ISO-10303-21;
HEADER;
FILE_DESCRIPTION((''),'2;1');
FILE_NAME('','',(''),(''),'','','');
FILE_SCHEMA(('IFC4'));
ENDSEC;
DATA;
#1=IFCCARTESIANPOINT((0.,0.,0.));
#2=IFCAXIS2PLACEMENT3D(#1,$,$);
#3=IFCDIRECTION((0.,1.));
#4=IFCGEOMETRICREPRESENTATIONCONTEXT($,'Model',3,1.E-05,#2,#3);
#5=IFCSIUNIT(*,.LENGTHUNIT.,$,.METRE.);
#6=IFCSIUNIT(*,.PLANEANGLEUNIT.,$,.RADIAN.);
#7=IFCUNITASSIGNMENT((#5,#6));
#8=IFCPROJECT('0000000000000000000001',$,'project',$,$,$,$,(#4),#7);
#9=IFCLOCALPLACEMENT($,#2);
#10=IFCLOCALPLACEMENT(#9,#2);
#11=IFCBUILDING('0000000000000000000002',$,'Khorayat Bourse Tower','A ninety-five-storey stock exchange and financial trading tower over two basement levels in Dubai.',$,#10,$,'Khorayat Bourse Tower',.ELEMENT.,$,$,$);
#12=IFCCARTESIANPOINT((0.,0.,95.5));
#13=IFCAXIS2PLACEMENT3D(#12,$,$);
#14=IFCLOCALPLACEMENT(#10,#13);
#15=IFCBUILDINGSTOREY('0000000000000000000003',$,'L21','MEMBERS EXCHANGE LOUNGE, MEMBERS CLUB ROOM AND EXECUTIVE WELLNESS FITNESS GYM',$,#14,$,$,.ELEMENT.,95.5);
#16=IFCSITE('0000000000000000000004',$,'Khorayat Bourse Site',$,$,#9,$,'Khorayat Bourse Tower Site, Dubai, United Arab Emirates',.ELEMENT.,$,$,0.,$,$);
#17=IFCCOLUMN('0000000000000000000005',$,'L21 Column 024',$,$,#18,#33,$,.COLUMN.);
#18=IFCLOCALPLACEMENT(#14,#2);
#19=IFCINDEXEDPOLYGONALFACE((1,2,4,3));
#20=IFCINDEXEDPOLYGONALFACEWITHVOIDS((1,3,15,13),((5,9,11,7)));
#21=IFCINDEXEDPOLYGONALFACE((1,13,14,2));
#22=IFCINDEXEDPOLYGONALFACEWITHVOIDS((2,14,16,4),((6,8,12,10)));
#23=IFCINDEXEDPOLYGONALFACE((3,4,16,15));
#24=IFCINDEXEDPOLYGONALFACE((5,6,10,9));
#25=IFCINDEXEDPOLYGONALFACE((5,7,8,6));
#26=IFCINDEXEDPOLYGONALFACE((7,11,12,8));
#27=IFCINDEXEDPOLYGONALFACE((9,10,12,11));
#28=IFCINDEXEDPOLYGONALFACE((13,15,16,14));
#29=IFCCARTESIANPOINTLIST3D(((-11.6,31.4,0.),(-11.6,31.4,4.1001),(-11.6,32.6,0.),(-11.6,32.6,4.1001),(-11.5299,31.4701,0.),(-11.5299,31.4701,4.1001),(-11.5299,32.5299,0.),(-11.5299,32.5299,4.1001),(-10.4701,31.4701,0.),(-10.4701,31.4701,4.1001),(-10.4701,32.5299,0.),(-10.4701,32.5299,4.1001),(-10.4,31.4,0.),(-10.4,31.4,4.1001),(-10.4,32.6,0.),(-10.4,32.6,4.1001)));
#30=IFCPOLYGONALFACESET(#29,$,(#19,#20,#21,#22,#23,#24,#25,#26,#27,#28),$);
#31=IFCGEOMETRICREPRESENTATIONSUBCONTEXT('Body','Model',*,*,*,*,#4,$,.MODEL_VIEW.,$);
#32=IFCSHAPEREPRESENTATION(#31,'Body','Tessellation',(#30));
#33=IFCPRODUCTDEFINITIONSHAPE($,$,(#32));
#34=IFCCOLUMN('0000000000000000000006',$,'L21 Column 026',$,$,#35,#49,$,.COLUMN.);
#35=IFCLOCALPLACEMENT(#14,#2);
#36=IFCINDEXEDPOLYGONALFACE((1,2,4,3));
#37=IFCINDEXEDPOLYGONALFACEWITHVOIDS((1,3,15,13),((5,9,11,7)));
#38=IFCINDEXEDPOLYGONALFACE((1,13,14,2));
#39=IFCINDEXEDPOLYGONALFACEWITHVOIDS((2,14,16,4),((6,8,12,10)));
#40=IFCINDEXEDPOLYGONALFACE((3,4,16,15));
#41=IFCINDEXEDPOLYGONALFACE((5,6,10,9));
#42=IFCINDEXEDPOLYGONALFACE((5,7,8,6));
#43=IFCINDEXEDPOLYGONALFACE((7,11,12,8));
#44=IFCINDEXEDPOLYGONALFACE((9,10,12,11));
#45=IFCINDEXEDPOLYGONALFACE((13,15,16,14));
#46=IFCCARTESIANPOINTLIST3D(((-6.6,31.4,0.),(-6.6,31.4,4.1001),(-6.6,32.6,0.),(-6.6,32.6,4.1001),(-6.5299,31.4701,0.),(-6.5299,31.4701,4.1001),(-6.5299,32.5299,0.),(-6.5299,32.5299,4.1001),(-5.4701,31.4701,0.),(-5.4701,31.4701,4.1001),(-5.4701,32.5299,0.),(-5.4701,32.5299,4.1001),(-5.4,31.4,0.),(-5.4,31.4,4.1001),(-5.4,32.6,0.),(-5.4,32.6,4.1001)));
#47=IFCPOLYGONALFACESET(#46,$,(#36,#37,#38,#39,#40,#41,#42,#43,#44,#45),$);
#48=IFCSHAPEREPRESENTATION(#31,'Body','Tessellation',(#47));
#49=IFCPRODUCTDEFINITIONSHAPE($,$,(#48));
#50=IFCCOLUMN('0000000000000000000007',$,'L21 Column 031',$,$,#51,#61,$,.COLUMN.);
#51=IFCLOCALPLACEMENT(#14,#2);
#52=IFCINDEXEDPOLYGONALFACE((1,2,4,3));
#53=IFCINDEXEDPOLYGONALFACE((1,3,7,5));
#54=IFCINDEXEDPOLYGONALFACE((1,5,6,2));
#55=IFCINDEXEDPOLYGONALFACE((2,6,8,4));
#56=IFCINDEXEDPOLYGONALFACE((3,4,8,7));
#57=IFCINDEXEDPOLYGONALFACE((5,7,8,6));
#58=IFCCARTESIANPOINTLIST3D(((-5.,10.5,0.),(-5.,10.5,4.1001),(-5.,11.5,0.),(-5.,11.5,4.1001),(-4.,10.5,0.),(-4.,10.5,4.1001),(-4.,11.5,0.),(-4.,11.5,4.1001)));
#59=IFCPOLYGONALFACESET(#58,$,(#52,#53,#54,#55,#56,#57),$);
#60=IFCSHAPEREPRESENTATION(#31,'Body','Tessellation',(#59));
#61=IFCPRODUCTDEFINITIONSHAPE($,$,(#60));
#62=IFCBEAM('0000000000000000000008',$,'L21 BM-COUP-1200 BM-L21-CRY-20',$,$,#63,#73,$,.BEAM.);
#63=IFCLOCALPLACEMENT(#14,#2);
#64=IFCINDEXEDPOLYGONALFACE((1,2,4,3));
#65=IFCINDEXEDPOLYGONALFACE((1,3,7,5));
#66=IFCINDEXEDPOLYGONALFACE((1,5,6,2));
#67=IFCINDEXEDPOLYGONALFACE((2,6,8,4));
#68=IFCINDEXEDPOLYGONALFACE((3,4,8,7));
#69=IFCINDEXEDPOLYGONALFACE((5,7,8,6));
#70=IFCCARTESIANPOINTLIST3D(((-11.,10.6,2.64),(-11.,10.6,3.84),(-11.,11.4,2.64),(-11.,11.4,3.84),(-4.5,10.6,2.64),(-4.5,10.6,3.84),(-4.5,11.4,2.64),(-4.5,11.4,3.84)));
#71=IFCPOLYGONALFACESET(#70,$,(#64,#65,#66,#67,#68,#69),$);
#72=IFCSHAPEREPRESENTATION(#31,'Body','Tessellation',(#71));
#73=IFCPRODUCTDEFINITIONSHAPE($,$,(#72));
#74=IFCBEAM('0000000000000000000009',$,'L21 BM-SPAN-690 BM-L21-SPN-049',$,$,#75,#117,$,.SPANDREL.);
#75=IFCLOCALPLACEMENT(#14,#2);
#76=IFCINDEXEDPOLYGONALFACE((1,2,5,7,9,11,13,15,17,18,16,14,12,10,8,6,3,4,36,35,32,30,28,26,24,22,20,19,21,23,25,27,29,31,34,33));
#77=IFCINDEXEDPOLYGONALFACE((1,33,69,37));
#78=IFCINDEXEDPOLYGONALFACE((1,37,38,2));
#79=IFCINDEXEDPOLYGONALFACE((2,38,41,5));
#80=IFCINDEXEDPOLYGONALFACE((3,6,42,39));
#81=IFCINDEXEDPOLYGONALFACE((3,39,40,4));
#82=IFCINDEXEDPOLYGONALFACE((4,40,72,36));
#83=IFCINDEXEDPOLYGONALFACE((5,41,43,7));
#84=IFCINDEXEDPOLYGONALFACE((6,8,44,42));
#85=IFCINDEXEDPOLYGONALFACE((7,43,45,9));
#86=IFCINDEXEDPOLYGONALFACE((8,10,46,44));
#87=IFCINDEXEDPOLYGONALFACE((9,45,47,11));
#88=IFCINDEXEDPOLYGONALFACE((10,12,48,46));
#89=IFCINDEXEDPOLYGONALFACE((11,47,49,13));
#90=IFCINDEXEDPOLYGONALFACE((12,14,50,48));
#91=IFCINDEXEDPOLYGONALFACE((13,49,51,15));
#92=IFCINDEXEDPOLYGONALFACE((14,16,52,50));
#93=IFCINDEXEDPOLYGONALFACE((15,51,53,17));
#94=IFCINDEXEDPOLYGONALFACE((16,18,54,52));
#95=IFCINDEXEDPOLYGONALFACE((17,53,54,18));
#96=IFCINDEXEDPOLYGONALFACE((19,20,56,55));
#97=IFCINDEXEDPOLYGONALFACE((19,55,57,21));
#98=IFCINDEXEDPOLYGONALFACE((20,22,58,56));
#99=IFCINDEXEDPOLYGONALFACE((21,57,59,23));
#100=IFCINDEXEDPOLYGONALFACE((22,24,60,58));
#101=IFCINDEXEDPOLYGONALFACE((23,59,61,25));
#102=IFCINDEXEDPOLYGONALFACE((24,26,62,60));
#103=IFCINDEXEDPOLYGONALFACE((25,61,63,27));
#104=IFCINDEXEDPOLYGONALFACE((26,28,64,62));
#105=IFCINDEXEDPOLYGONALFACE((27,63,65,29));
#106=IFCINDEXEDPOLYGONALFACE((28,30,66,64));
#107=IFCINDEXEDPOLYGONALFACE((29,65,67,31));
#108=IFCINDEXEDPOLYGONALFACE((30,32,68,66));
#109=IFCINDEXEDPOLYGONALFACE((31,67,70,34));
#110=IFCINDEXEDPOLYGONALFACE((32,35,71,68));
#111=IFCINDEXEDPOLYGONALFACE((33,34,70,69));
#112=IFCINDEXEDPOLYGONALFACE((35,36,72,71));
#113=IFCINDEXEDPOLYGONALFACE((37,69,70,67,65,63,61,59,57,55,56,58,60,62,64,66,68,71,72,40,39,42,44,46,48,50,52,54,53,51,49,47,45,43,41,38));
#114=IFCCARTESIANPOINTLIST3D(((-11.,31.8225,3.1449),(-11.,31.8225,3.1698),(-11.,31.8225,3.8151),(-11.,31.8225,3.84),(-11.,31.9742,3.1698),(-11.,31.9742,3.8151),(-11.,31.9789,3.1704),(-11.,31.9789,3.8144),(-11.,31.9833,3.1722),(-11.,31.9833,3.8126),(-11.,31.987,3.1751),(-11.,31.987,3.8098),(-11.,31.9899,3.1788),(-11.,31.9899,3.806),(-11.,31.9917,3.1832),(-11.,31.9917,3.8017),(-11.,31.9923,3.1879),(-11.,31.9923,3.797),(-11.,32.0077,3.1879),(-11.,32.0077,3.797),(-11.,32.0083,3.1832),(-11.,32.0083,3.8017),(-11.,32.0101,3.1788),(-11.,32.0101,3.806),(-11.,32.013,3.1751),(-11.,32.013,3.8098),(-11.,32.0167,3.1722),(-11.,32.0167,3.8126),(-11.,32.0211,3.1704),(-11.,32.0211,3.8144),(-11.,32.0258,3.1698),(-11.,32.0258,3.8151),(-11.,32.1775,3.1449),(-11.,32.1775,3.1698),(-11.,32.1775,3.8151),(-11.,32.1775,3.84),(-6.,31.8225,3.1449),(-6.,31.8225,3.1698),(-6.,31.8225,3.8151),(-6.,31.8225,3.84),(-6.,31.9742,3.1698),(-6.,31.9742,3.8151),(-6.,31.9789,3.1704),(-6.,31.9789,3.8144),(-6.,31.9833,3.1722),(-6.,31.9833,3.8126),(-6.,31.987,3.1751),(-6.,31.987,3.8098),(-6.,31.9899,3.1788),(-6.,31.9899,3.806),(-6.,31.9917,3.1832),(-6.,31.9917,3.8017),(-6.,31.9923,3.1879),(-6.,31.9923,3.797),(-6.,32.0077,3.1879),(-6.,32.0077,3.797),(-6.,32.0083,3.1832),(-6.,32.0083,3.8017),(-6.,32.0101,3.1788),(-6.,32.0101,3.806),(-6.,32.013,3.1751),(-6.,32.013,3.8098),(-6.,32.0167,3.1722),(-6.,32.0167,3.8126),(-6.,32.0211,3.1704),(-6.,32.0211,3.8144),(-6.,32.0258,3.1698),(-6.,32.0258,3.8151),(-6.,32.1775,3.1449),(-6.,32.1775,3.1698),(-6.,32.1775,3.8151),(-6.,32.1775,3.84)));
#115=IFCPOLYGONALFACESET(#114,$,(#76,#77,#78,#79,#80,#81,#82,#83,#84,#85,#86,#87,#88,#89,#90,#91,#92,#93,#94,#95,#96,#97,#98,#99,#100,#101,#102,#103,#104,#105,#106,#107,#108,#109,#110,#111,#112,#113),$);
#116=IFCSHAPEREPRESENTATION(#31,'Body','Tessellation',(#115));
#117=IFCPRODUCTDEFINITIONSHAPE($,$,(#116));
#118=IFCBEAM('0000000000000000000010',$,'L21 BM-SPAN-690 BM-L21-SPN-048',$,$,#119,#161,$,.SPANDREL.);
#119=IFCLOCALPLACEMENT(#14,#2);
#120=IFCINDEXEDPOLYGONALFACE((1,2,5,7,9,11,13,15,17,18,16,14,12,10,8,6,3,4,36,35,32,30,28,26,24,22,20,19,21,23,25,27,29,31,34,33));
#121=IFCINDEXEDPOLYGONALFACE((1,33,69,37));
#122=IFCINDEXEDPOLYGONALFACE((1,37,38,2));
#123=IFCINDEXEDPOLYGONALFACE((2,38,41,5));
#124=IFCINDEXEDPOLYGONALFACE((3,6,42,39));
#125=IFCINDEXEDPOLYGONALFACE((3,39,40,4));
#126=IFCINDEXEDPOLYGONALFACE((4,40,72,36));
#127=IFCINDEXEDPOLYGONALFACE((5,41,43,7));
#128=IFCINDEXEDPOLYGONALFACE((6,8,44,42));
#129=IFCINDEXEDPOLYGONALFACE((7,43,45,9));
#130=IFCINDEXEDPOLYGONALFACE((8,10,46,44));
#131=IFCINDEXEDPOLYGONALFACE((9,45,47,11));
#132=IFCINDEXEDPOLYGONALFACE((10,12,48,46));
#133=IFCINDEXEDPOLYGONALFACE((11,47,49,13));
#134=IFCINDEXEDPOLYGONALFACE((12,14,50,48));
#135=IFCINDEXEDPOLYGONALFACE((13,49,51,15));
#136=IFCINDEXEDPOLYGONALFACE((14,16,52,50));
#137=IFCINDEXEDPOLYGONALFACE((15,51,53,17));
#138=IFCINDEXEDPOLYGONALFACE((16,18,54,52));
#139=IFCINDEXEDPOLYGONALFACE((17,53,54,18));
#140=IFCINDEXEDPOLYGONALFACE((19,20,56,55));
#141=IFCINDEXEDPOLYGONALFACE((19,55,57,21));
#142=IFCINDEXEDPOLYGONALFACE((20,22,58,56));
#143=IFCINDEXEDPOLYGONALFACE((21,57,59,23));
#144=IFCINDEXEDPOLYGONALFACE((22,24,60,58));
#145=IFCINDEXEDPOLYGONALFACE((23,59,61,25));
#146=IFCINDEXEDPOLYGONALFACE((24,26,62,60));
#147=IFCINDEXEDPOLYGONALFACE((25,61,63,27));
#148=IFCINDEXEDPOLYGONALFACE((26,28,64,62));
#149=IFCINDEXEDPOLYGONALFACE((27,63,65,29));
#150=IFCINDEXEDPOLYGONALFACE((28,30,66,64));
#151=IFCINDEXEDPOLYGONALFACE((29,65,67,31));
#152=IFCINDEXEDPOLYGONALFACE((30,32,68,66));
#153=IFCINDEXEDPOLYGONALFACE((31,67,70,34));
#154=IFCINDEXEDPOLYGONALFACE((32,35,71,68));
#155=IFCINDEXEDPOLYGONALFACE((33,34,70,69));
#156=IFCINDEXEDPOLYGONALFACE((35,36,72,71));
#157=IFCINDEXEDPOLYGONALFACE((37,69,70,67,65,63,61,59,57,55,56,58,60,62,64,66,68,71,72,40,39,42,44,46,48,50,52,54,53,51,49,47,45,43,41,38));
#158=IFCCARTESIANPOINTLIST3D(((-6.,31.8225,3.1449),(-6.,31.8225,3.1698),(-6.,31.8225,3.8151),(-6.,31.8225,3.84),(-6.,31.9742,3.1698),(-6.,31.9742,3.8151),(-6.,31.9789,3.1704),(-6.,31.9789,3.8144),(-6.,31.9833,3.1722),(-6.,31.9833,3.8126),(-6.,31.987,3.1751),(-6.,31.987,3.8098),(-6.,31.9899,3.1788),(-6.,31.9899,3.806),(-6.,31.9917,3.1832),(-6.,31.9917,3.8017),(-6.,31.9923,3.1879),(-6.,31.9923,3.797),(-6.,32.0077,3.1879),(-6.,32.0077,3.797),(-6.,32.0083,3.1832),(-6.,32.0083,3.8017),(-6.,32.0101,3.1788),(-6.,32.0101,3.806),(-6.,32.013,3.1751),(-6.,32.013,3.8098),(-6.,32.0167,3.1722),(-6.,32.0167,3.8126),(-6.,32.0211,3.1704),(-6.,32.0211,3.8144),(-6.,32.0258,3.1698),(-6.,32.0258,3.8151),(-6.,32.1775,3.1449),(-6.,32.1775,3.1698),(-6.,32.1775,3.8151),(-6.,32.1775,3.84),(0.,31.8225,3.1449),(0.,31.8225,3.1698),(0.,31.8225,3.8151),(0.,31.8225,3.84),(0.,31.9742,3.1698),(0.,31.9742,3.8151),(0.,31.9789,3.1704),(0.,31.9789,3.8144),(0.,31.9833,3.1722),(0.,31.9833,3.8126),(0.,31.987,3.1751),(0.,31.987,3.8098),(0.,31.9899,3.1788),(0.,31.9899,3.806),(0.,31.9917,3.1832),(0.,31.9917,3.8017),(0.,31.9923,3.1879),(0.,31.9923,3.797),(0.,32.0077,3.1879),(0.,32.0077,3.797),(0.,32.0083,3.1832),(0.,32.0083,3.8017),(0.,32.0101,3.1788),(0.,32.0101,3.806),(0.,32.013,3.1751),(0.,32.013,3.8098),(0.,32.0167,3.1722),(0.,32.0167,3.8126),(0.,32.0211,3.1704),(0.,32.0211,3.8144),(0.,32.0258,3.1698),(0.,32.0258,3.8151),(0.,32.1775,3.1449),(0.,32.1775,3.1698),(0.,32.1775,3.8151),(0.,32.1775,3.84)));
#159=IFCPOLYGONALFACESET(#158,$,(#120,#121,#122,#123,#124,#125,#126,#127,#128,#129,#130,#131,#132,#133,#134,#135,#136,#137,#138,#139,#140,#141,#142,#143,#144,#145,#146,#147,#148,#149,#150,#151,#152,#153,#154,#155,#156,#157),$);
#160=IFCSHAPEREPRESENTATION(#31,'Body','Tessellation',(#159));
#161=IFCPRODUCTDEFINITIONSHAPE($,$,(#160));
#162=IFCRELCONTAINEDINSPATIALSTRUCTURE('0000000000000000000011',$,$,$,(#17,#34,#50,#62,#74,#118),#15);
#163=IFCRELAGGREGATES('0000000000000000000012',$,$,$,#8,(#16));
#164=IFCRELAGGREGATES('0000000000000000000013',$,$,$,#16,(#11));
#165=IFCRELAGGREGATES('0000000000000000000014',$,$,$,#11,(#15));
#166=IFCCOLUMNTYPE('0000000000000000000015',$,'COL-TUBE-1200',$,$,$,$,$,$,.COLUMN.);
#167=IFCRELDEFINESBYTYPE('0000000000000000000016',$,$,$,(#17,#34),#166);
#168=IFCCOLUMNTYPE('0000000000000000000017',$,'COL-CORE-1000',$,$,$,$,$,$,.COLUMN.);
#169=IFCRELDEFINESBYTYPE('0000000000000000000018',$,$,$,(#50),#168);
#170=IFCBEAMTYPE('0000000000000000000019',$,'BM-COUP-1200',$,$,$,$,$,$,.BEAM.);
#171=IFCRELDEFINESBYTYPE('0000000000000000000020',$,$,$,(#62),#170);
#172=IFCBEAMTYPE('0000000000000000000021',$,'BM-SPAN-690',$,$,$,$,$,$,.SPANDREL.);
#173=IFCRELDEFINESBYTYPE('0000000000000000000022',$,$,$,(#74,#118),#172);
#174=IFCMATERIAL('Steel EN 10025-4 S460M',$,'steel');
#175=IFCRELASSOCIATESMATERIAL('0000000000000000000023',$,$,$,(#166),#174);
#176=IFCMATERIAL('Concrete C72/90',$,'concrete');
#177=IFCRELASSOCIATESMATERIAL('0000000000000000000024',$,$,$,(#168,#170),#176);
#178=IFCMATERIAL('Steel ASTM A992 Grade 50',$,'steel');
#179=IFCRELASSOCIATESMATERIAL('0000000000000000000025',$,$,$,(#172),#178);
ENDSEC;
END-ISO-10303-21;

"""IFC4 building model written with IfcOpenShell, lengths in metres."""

from ifc_helpers import new_model, si_unit, direction, frame, origin, origin_2d, place, context, subcontext, project, spatial, rectangle, hollow_rectangle, i_section, extrude, source, transform, mapped, material, material_profile, profile_set, type_object, element, save


model = new_model("IFC4")

# Units and contexts
model_context = context("Model", 3, precision=1e-05, world=origin(), true_north=direction((0.0, 1.0)))
body_context = subcontext(model_context, "Body", "Model", "MODEL_VIEW")
ifc_project = project(units=[si_unit("LENGTHUNIT", "METRE"), si_unit("PLANEANGLEUNIT", "RADIAN")], contexts=[model_context])

# Site, building, storey
site_placement = place(None, origin())
site = spatial("IfcSite", under=ifc_project, at=site_placement, Name="Khorayat Bourse Site", LongName="Khorayat Bourse Tower Site, Dubai, United Arab Emirates", CompositionType="ELEMENT", RefElevation=0.0)
building_placement = place(site_placement, origin())
building = spatial("IfcBuilding", under=site, at=building_placement, Name="Khorayat Bourse Tower", Description="A ninety-five-storey stock exchange and financial trading tower over two basement levels in Dubai.", LongName="Khorayat Bourse Tower", CompositionType="ELEMENT")
storey_placement = place(building_placement, frame((0.0, 0.0, 95.5)))
storey = spatial("IfcBuildingStorey", under=building, at=storey_placement, Name="L21", Description="MEMBERS EXCHANGE LOUNGE, MEMBERS CLUB ROOM AND EXECUTIVE WELLNESS FITNESS GYM", CompositionType="ELEMENT", Elevation=95.5)

# Columns
ifc_material_1 = material(Name="Steel EN 10025-4 S460M", Category="steel")
ifc_material_profile_1 = material_profile(ifc_material_1, hollow_rectangle(XDim=1.2, YDim=1.2, WallThickness=0.0701, at=origin_2d()), Name="BOX 1200x1200x70")
ifc_profile_set_1 = profile_set([ifc_material_profile_1], Name="Steel EN 10025-4 S460M")
column_type_1 = type_object("IfcColumnType", Name="COL-TUBE-1200", PredefinedType="COLUMN", material=ifc_profile_set_1)
shared_shape_1 = source(origin(), body_context, "Body", "SweptSolid", [
    extrude(hollow_rectangle(XDim=1.2, YDim=1.2, WallThickness=0.0701, at=origin_2d()), origin(), (0.0, 0.0, 1.0), 4.1001),
])
for number, where, z_axis, x_axis, name in (
    (1, (-11.0, 32.0, 0.0), (0.0, 0.0, 1.0), (1.0, 0.0, 0.0), "L21 Column 024"),
    (2, (-6.0, 32.0, 0.0), (0.0, 0.0, 1.0), (1.0, 0.0, 0.0), "L21 Column 026"),
):
    element("IfcColumn", number, at=place(storey_placement, frame(where, z_axis=z_axis, x_axis=x_axis)), inside=storey, type_object=column_type_1, Name=name, PredefinedType="COLUMN", context=body_context, shape_type="MappedRepresentation", body=[
        mapped(shared_shape_1, transform((0.0, 0.0, 0.0), scale=1.0)),
    ])
ifc_material_2 = material(Name="Concrete C72/90", Category="concrete")
ifc_material_profile_2 = material_profile(ifc_material_2, rectangle(XDim=1.0, YDim=1.0, at=origin_2d()), Name="RC 1000x1000")
ifc_profile_set_2 = profile_set([ifc_material_profile_2], Name="Concrete C72/90")
column_type_2 = type_object("IfcColumnType", Name="COL-CORE-1000", PredefinedType="COLUMN", material=ifc_profile_set_2)
shared_shape_2 = source(origin(), body_context, "Body", "SweptSolid", [
    extrude(rectangle(XDim=1.0, YDim=1.0, at=origin_2d()), origin(), (0.0, 0.0, 1.0), 4.1001),
])
column_placement = place(storey_placement, frame((-4.5, 11.0, 0.0), z_axis=(0.0, 0.0, 1.0), x_axis=(1.0, 0.0, 0.0)))
element("IfcColumn", 3, at=column_placement, inside=storey, type_object=column_type_2, Name="L21 Column 031", PredefinedType="COLUMN", context=body_context, shape_type="MappedRepresentation", body=[
    mapped(shared_shape_2, transform((0.0, 0.0, 0.0), scale=1.0)),
])

# Beams
ifc_material_profile_3 = material_profile(ifc_material_2, rectangle(XDim=0.8, YDim=1.2, at=origin_2d()), Name="RC 800x1200")
ifc_profile_set_3 = profile_set([ifc_material_profile_3], Name="Concrete C72/90")
beam_type_1 = type_object("IfcBeamType", Name="BM-COUP-1200", PredefinedType="BEAM", material=ifc_profile_set_3)
shared_shape_3 = source(origin(), body_context, "Body", "SweptSolid", [
    extrude(rectangle(XDim=0.8, YDim=1.2, at=origin_2d()), origin(), (0.0, 0.0, 1.0), 6.5),
])
beam_1_placement = place(storey_placement, frame((-11.0, 11.0, 3.24), z_axis=(1.0, 0.0, 0.0), x_axis=(0.0, 1.0, 0.0)))
element("IfcBeam", 4, at=beam_1_placement, inside=storey, type_object=beam_type_1, Name="L21 BM-COUP-1200 BM-L21-CRY-20", PredefinedType="BEAM", context=body_context, shape_type="MappedRepresentation", body=[
    mapped(shared_shape_3, transform((0.0, 0.0, 0.0), scale=1.0)),
])
ifc_material_3 = material(Name="Steel ASTM A992 Grade 50", Category="steel")
ifc_material_profile_4 = material_profile(ifc_material_3, i_section(OverallWidth=0.355, OverallDepth=0.6951, WebThickness=0.0154, FlangeThickness=0.0249, FilletRadius=0.0181, at=origin_2d()), Name="W690X217")
ifc_profile_set_4 = profile_set([ifc_material_profile_4], Name="Steel ASTM A992 Grade 50")
beam_type_2 = type_object("IfcBeamType", Name="BM-SPAN-690", PredefinedType="SPANDREL", material=ifc_profile_set_4)
shared_shape_4 = source(origin(), body_context, "Body", "SweptSolid", [
    extrude(i_section(OverallWidth=0.355, OverallDepth=0.6951, WebThickness=0.0154, FlangeThickness=0.0249, FilletRadius=0.0181, at=origin_2d()), origin(), (0.0, 0.0, 1.0), 5.0),
])
beam_2_placement = place(storey_placement, frame((-11.0, 32.0, 3.4924), z_axis=(1.0, 0.0, 0.0), x_axis=(0.0, 1.0, 0.0)))
element("IfcBeam", 5, at=beam_2_placement, inside=storey, type_object=beam_type_2, Name="L21 BM-SPAN-690 BM-L21-SPN-049", PredefinedType="SPANDREL", context=body_context, shape_type="MappedRepresentation", body=[
    mapped(shared_shape_4, transform((0.0, 0.0, 0.0), scale=1.0)),
])
shared_shape_5 = source(origin(), body_context, "Body", "SweptSolid", [
    extrude(i_section(OverallWidth=0.355, OverallDepth=0.6951, WebThickness=0.0154, FlangeThickness=0.0249, FilletRadius=0.0181, at=origin_2d()), origin(), (0.0, 0.0, 1.0), 6.0),
])
beam_3_placement = place(storey_placement, frame((-6.0, 32.0, 3.4924), z_axis=(1.0, 0.0, 0.0), x_axis=(0.0, 1.0, 0.0)))
element("IfcBeam", 6, at=beam_3_placement, inside=storey, type_object=beam_type_2, Name="L21 BM-SPAN-690 BM-L21-SPN-048", PredefinedType="SPANDREL", context=body_context, shape_type="MappedRepresentation", body=[
    mapped(shared_shape_5, transform((0.0, 0.0, 0.0), scale=1.0)),
])

save(model, "model.ifc")
